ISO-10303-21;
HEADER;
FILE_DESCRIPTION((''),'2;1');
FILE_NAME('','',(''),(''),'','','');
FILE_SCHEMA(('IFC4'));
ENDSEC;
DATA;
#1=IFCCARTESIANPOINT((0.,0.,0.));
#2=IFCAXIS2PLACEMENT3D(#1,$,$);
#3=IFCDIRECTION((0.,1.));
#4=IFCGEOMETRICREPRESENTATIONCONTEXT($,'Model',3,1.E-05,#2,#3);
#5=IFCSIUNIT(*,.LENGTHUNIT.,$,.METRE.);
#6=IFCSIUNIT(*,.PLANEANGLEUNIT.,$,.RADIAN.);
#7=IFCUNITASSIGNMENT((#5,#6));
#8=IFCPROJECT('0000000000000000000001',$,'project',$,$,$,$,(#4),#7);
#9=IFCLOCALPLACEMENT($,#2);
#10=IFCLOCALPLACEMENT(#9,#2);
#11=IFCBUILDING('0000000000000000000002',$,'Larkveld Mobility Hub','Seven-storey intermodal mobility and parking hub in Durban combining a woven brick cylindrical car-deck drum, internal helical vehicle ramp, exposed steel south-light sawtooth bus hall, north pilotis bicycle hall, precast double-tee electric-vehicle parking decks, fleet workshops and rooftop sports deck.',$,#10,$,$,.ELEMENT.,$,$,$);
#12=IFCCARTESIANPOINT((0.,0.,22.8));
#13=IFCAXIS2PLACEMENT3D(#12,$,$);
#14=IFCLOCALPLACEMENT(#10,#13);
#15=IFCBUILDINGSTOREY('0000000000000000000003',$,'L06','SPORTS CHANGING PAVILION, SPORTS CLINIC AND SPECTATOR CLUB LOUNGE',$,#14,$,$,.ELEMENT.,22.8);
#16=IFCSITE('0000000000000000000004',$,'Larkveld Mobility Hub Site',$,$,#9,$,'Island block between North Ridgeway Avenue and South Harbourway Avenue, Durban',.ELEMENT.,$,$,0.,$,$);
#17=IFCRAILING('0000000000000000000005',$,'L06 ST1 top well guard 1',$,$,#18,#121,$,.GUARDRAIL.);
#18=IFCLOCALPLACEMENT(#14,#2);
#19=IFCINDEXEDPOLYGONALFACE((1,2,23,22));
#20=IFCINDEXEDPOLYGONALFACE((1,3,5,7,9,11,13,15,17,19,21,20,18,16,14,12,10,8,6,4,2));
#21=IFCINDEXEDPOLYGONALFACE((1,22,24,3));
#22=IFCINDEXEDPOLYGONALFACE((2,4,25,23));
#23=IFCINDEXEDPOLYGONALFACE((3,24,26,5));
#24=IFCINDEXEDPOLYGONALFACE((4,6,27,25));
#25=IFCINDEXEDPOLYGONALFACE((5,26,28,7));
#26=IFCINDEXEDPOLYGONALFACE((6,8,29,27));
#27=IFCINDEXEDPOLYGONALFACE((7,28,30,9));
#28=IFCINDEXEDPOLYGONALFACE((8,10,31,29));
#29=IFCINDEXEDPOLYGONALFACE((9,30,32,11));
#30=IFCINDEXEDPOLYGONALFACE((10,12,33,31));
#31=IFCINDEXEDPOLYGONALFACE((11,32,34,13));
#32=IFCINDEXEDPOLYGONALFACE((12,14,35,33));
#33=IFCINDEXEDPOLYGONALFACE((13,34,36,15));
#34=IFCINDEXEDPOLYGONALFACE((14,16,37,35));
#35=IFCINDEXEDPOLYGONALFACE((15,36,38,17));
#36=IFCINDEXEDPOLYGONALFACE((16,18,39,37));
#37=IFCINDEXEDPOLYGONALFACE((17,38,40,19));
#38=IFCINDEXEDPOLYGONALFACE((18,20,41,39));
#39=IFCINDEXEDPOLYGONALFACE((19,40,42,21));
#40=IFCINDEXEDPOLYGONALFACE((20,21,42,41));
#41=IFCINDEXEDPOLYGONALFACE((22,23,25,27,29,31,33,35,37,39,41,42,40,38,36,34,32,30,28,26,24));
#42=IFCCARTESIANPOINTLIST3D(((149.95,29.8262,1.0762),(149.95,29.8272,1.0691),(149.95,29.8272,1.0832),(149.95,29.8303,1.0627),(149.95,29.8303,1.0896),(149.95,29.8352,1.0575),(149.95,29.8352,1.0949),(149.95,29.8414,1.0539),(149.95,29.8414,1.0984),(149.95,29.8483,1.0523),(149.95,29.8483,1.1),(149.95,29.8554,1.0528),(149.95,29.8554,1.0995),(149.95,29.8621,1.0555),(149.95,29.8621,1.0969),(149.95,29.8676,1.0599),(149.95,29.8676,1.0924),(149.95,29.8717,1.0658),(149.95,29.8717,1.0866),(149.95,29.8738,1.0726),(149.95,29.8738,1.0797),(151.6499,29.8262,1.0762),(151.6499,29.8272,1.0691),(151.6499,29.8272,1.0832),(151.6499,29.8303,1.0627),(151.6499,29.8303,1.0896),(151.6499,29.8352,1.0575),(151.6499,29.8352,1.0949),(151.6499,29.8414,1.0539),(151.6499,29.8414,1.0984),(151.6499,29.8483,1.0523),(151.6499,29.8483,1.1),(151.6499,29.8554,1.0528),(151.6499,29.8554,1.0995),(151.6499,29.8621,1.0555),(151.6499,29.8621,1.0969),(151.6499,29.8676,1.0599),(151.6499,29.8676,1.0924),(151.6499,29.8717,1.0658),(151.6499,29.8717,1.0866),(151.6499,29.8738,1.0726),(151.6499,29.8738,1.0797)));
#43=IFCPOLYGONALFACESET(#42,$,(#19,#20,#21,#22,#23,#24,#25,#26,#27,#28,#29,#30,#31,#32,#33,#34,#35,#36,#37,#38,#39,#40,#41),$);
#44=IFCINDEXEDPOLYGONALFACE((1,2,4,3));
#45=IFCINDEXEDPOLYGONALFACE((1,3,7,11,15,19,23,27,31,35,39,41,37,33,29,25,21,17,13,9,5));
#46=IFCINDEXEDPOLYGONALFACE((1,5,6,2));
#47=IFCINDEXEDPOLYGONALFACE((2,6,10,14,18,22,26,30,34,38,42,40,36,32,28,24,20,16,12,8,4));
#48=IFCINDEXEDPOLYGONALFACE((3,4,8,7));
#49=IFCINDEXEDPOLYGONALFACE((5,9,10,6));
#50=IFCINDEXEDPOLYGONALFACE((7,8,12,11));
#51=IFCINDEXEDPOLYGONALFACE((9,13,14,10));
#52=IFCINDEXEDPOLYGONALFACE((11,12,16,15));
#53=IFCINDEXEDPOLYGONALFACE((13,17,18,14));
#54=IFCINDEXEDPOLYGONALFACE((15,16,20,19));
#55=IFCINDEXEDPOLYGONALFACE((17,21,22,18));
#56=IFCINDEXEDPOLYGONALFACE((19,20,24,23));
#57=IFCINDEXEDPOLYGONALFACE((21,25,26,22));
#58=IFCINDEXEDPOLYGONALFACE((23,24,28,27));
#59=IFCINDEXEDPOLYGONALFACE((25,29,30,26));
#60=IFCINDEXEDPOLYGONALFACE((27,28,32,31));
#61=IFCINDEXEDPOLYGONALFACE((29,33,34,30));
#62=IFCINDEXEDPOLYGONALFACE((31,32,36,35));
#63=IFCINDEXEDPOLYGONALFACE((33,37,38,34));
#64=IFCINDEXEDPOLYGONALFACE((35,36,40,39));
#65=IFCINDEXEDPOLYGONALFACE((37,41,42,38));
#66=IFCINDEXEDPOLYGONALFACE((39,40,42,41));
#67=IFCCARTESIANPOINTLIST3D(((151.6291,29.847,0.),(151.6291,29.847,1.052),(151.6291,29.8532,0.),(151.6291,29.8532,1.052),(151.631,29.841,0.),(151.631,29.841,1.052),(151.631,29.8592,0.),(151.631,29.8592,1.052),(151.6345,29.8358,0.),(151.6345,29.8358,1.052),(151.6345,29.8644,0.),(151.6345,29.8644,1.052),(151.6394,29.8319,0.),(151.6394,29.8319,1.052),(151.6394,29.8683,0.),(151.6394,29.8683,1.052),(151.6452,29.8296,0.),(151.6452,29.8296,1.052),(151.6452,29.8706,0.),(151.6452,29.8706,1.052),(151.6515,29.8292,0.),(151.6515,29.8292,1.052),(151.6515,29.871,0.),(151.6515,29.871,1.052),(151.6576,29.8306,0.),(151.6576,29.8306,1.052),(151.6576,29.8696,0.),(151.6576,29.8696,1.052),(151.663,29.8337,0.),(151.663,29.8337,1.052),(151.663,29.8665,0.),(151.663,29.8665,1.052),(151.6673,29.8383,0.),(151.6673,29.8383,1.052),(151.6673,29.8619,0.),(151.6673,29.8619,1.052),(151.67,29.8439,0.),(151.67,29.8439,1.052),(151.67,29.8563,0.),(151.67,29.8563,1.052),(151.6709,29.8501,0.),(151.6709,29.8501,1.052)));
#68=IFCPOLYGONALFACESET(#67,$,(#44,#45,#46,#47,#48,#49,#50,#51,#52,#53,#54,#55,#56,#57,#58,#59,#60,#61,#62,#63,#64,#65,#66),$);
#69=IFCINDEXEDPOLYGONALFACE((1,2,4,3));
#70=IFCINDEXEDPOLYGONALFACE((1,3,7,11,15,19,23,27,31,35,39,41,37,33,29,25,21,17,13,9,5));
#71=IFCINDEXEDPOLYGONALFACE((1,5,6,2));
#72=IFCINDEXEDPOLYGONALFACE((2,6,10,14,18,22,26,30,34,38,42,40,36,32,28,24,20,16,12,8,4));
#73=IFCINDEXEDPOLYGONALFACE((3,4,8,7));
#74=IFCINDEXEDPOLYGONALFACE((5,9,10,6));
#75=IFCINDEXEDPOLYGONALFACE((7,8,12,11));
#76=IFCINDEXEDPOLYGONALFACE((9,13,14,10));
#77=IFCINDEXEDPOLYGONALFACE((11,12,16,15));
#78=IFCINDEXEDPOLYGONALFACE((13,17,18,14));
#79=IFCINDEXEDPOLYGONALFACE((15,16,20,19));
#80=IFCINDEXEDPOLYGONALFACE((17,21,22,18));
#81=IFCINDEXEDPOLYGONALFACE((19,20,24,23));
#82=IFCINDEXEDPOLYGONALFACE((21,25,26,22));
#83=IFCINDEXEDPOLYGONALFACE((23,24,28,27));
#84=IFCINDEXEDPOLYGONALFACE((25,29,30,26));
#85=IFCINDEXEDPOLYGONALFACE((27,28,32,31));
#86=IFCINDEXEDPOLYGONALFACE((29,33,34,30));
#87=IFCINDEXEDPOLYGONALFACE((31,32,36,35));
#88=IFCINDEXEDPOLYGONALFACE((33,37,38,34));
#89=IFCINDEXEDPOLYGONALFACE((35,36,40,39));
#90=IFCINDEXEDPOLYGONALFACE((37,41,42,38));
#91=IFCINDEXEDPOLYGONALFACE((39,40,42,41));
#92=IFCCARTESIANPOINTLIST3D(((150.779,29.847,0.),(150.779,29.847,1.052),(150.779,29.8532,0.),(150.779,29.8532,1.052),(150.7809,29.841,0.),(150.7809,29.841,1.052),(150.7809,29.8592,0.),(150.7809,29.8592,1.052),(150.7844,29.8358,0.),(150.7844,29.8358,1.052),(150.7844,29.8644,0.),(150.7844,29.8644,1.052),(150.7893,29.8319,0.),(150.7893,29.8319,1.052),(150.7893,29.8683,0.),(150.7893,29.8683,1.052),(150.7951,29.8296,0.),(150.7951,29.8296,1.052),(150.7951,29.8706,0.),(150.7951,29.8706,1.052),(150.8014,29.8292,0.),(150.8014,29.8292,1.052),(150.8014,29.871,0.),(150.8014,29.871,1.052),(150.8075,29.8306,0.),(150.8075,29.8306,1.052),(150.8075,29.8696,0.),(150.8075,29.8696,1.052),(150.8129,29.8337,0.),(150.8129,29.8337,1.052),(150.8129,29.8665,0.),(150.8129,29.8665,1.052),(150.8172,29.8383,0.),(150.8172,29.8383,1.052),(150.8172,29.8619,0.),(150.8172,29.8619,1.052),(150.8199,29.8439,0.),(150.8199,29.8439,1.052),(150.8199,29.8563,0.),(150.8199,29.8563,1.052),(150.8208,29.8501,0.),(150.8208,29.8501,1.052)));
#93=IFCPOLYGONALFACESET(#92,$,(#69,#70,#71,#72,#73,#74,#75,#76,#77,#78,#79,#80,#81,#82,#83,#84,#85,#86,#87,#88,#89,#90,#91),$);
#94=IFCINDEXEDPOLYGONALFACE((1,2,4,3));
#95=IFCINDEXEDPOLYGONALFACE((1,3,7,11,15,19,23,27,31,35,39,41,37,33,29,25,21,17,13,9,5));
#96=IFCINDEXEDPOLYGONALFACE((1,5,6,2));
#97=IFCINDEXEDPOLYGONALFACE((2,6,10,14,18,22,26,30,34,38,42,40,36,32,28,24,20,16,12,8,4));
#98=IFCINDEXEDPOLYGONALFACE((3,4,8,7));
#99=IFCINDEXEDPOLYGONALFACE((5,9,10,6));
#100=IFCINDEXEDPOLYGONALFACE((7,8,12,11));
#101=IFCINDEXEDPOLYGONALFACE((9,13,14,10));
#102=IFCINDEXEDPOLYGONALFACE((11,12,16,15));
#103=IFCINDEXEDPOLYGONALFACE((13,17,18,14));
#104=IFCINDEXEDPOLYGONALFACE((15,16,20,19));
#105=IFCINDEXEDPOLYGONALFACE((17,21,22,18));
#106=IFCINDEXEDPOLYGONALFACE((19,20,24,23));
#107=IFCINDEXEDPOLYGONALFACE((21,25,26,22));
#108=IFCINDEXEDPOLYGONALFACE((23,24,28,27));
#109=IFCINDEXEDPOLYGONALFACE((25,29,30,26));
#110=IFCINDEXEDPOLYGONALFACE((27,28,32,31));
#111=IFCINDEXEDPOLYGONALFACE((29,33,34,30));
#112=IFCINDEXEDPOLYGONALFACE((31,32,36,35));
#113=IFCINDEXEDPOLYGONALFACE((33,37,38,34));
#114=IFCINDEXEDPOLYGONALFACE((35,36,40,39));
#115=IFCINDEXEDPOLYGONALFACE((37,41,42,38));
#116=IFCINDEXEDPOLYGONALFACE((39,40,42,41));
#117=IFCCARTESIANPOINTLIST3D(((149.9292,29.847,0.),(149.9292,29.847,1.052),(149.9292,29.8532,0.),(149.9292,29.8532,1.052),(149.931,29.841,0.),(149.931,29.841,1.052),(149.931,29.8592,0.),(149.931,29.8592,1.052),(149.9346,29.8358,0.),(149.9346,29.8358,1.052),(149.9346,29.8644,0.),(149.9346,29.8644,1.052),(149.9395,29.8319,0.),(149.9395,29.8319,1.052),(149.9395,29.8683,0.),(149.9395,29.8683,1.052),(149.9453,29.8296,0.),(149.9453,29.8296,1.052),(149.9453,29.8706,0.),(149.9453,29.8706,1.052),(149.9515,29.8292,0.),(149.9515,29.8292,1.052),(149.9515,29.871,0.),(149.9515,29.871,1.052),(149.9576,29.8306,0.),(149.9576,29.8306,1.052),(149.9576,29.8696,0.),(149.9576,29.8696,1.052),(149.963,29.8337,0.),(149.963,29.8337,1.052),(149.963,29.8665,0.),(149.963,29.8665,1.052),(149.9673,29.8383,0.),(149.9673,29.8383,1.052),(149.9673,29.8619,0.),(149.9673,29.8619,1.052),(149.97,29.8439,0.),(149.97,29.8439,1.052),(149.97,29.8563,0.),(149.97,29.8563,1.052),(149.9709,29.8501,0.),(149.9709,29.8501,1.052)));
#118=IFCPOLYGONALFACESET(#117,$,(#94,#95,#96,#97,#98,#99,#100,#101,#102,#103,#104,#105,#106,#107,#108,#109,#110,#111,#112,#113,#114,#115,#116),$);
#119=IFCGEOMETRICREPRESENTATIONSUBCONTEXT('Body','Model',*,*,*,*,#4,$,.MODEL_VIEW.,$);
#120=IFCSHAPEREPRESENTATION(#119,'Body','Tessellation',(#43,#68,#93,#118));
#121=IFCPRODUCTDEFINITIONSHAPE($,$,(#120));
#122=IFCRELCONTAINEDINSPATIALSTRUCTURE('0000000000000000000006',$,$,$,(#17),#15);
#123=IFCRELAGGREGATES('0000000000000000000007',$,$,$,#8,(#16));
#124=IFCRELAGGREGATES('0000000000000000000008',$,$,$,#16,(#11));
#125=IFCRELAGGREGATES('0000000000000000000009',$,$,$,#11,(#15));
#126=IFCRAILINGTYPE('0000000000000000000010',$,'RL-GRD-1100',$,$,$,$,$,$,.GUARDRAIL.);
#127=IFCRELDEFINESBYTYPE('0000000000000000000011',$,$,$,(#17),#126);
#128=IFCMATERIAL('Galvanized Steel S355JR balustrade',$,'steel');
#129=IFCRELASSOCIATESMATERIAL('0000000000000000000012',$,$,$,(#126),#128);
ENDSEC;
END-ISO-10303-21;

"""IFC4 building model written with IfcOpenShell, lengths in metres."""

from ifc_helpers import new_model, si_unit, direction, frame, origin, origin_2d, place, context, subcontext, project, spatial, circle, extrude, material, type_object, element, save


model = new_model("IFC4")

# Units and contexts
model_context = context("Model", 3, precision=1e-05, world=origin(), true_north=direction((0.0, 1.0)))
body_context = subcontext(model_context, "Body", "Model", "MODEL_VIEW")
ifc_project = project(units=[si_unit("LENGTHUNIT", "METRE"), si_unit("PLANEANGLEUNIT", "RADIAN")], contexts=[model_context])

# Site, building, storey
site_placement = place(None, origin())
site = spatial("IfcSite", under=ifc_project, at=site_placement, Name="Larkveld Mobility Hub Site", LongName="Island block between North Ridgeway Avenue and South Harbourway Avenue, Durban", CompositionType="ELEMENT", RefElevation=0.0)
building_placement = place(site_placement, origin())
building = spatial("IfcBuilding", under=site, at=building_placement, Name="Larkveld Mobility Hub", Description="Seven-storey intermodal mobility and parking hub in Durban combining a woven brick cylindrical car-deck drum, internal helical vehicle ramp, exposed steel south-light sawtooth bus hall, north pilotis bicycle hall, precast double-tee electric-vehicle parking decks, fleet workshops and rooftop sports deck.", CompositionType="ELEMENT")
storey_placement = place(building_placement, frame((0.0, 0.0, 22.8)))
storey = spatial("IfcBuildingStorey", under=building, at=storey_placement, Name="L06", Description="SPORTS CHANGING PAVILION, SPORTS CLINIC AND SPECTATOR CLUB LOUNGE", CompositionType="ELEMENT", Elevation=22.8)

# Railing
ifc_material_1 = material(Name="Galvanized Steel S355JR balustrade", Category="steel")
railing_type = type_object("IfcRailingType", Name="RL-GRD-1100", PredefinedType="GUARDRAIL", material=ifc_material_1)
railing_placement = place(storey_placement, frame((151.6499, 29.8501, 0.0)))
element("IfcRailing", 1, at=railing_placement, inside=storey, type_object=railing_type, Name="L06 ST1 top well guard 1", PredefinedType="GUARDRAIL", context=body_context, shape_type="SweptSolid", body=[
    extrude(circle(Radius=0.0239, at=origin_2d()), frame((0.0, 0.0, 1.0762), z_axis=(-1.0, 0.0, 0.0), x_axis=(0.0, -1.0, 0.0)), (0.0, 0.0, 1.0), 1.7),
    extrude(circle(Radius=0.021, at=origin_2d()), origin(), (0.0, 0.0, 1.0), 1.052),
    extrude(circle(Radius=0.021, at=origin_2d()), frame((-0.8501, 0.0, 0.0)), (0.0, 0.0, 1.0), 1.052),
    extrude(circle(Radius=0.021, at=origin_2d()), frame((-1.7, 0.0, 0.0)), (0.0, 0.0, 1.0), 1.052),
])

save(model, "model.ifc")
